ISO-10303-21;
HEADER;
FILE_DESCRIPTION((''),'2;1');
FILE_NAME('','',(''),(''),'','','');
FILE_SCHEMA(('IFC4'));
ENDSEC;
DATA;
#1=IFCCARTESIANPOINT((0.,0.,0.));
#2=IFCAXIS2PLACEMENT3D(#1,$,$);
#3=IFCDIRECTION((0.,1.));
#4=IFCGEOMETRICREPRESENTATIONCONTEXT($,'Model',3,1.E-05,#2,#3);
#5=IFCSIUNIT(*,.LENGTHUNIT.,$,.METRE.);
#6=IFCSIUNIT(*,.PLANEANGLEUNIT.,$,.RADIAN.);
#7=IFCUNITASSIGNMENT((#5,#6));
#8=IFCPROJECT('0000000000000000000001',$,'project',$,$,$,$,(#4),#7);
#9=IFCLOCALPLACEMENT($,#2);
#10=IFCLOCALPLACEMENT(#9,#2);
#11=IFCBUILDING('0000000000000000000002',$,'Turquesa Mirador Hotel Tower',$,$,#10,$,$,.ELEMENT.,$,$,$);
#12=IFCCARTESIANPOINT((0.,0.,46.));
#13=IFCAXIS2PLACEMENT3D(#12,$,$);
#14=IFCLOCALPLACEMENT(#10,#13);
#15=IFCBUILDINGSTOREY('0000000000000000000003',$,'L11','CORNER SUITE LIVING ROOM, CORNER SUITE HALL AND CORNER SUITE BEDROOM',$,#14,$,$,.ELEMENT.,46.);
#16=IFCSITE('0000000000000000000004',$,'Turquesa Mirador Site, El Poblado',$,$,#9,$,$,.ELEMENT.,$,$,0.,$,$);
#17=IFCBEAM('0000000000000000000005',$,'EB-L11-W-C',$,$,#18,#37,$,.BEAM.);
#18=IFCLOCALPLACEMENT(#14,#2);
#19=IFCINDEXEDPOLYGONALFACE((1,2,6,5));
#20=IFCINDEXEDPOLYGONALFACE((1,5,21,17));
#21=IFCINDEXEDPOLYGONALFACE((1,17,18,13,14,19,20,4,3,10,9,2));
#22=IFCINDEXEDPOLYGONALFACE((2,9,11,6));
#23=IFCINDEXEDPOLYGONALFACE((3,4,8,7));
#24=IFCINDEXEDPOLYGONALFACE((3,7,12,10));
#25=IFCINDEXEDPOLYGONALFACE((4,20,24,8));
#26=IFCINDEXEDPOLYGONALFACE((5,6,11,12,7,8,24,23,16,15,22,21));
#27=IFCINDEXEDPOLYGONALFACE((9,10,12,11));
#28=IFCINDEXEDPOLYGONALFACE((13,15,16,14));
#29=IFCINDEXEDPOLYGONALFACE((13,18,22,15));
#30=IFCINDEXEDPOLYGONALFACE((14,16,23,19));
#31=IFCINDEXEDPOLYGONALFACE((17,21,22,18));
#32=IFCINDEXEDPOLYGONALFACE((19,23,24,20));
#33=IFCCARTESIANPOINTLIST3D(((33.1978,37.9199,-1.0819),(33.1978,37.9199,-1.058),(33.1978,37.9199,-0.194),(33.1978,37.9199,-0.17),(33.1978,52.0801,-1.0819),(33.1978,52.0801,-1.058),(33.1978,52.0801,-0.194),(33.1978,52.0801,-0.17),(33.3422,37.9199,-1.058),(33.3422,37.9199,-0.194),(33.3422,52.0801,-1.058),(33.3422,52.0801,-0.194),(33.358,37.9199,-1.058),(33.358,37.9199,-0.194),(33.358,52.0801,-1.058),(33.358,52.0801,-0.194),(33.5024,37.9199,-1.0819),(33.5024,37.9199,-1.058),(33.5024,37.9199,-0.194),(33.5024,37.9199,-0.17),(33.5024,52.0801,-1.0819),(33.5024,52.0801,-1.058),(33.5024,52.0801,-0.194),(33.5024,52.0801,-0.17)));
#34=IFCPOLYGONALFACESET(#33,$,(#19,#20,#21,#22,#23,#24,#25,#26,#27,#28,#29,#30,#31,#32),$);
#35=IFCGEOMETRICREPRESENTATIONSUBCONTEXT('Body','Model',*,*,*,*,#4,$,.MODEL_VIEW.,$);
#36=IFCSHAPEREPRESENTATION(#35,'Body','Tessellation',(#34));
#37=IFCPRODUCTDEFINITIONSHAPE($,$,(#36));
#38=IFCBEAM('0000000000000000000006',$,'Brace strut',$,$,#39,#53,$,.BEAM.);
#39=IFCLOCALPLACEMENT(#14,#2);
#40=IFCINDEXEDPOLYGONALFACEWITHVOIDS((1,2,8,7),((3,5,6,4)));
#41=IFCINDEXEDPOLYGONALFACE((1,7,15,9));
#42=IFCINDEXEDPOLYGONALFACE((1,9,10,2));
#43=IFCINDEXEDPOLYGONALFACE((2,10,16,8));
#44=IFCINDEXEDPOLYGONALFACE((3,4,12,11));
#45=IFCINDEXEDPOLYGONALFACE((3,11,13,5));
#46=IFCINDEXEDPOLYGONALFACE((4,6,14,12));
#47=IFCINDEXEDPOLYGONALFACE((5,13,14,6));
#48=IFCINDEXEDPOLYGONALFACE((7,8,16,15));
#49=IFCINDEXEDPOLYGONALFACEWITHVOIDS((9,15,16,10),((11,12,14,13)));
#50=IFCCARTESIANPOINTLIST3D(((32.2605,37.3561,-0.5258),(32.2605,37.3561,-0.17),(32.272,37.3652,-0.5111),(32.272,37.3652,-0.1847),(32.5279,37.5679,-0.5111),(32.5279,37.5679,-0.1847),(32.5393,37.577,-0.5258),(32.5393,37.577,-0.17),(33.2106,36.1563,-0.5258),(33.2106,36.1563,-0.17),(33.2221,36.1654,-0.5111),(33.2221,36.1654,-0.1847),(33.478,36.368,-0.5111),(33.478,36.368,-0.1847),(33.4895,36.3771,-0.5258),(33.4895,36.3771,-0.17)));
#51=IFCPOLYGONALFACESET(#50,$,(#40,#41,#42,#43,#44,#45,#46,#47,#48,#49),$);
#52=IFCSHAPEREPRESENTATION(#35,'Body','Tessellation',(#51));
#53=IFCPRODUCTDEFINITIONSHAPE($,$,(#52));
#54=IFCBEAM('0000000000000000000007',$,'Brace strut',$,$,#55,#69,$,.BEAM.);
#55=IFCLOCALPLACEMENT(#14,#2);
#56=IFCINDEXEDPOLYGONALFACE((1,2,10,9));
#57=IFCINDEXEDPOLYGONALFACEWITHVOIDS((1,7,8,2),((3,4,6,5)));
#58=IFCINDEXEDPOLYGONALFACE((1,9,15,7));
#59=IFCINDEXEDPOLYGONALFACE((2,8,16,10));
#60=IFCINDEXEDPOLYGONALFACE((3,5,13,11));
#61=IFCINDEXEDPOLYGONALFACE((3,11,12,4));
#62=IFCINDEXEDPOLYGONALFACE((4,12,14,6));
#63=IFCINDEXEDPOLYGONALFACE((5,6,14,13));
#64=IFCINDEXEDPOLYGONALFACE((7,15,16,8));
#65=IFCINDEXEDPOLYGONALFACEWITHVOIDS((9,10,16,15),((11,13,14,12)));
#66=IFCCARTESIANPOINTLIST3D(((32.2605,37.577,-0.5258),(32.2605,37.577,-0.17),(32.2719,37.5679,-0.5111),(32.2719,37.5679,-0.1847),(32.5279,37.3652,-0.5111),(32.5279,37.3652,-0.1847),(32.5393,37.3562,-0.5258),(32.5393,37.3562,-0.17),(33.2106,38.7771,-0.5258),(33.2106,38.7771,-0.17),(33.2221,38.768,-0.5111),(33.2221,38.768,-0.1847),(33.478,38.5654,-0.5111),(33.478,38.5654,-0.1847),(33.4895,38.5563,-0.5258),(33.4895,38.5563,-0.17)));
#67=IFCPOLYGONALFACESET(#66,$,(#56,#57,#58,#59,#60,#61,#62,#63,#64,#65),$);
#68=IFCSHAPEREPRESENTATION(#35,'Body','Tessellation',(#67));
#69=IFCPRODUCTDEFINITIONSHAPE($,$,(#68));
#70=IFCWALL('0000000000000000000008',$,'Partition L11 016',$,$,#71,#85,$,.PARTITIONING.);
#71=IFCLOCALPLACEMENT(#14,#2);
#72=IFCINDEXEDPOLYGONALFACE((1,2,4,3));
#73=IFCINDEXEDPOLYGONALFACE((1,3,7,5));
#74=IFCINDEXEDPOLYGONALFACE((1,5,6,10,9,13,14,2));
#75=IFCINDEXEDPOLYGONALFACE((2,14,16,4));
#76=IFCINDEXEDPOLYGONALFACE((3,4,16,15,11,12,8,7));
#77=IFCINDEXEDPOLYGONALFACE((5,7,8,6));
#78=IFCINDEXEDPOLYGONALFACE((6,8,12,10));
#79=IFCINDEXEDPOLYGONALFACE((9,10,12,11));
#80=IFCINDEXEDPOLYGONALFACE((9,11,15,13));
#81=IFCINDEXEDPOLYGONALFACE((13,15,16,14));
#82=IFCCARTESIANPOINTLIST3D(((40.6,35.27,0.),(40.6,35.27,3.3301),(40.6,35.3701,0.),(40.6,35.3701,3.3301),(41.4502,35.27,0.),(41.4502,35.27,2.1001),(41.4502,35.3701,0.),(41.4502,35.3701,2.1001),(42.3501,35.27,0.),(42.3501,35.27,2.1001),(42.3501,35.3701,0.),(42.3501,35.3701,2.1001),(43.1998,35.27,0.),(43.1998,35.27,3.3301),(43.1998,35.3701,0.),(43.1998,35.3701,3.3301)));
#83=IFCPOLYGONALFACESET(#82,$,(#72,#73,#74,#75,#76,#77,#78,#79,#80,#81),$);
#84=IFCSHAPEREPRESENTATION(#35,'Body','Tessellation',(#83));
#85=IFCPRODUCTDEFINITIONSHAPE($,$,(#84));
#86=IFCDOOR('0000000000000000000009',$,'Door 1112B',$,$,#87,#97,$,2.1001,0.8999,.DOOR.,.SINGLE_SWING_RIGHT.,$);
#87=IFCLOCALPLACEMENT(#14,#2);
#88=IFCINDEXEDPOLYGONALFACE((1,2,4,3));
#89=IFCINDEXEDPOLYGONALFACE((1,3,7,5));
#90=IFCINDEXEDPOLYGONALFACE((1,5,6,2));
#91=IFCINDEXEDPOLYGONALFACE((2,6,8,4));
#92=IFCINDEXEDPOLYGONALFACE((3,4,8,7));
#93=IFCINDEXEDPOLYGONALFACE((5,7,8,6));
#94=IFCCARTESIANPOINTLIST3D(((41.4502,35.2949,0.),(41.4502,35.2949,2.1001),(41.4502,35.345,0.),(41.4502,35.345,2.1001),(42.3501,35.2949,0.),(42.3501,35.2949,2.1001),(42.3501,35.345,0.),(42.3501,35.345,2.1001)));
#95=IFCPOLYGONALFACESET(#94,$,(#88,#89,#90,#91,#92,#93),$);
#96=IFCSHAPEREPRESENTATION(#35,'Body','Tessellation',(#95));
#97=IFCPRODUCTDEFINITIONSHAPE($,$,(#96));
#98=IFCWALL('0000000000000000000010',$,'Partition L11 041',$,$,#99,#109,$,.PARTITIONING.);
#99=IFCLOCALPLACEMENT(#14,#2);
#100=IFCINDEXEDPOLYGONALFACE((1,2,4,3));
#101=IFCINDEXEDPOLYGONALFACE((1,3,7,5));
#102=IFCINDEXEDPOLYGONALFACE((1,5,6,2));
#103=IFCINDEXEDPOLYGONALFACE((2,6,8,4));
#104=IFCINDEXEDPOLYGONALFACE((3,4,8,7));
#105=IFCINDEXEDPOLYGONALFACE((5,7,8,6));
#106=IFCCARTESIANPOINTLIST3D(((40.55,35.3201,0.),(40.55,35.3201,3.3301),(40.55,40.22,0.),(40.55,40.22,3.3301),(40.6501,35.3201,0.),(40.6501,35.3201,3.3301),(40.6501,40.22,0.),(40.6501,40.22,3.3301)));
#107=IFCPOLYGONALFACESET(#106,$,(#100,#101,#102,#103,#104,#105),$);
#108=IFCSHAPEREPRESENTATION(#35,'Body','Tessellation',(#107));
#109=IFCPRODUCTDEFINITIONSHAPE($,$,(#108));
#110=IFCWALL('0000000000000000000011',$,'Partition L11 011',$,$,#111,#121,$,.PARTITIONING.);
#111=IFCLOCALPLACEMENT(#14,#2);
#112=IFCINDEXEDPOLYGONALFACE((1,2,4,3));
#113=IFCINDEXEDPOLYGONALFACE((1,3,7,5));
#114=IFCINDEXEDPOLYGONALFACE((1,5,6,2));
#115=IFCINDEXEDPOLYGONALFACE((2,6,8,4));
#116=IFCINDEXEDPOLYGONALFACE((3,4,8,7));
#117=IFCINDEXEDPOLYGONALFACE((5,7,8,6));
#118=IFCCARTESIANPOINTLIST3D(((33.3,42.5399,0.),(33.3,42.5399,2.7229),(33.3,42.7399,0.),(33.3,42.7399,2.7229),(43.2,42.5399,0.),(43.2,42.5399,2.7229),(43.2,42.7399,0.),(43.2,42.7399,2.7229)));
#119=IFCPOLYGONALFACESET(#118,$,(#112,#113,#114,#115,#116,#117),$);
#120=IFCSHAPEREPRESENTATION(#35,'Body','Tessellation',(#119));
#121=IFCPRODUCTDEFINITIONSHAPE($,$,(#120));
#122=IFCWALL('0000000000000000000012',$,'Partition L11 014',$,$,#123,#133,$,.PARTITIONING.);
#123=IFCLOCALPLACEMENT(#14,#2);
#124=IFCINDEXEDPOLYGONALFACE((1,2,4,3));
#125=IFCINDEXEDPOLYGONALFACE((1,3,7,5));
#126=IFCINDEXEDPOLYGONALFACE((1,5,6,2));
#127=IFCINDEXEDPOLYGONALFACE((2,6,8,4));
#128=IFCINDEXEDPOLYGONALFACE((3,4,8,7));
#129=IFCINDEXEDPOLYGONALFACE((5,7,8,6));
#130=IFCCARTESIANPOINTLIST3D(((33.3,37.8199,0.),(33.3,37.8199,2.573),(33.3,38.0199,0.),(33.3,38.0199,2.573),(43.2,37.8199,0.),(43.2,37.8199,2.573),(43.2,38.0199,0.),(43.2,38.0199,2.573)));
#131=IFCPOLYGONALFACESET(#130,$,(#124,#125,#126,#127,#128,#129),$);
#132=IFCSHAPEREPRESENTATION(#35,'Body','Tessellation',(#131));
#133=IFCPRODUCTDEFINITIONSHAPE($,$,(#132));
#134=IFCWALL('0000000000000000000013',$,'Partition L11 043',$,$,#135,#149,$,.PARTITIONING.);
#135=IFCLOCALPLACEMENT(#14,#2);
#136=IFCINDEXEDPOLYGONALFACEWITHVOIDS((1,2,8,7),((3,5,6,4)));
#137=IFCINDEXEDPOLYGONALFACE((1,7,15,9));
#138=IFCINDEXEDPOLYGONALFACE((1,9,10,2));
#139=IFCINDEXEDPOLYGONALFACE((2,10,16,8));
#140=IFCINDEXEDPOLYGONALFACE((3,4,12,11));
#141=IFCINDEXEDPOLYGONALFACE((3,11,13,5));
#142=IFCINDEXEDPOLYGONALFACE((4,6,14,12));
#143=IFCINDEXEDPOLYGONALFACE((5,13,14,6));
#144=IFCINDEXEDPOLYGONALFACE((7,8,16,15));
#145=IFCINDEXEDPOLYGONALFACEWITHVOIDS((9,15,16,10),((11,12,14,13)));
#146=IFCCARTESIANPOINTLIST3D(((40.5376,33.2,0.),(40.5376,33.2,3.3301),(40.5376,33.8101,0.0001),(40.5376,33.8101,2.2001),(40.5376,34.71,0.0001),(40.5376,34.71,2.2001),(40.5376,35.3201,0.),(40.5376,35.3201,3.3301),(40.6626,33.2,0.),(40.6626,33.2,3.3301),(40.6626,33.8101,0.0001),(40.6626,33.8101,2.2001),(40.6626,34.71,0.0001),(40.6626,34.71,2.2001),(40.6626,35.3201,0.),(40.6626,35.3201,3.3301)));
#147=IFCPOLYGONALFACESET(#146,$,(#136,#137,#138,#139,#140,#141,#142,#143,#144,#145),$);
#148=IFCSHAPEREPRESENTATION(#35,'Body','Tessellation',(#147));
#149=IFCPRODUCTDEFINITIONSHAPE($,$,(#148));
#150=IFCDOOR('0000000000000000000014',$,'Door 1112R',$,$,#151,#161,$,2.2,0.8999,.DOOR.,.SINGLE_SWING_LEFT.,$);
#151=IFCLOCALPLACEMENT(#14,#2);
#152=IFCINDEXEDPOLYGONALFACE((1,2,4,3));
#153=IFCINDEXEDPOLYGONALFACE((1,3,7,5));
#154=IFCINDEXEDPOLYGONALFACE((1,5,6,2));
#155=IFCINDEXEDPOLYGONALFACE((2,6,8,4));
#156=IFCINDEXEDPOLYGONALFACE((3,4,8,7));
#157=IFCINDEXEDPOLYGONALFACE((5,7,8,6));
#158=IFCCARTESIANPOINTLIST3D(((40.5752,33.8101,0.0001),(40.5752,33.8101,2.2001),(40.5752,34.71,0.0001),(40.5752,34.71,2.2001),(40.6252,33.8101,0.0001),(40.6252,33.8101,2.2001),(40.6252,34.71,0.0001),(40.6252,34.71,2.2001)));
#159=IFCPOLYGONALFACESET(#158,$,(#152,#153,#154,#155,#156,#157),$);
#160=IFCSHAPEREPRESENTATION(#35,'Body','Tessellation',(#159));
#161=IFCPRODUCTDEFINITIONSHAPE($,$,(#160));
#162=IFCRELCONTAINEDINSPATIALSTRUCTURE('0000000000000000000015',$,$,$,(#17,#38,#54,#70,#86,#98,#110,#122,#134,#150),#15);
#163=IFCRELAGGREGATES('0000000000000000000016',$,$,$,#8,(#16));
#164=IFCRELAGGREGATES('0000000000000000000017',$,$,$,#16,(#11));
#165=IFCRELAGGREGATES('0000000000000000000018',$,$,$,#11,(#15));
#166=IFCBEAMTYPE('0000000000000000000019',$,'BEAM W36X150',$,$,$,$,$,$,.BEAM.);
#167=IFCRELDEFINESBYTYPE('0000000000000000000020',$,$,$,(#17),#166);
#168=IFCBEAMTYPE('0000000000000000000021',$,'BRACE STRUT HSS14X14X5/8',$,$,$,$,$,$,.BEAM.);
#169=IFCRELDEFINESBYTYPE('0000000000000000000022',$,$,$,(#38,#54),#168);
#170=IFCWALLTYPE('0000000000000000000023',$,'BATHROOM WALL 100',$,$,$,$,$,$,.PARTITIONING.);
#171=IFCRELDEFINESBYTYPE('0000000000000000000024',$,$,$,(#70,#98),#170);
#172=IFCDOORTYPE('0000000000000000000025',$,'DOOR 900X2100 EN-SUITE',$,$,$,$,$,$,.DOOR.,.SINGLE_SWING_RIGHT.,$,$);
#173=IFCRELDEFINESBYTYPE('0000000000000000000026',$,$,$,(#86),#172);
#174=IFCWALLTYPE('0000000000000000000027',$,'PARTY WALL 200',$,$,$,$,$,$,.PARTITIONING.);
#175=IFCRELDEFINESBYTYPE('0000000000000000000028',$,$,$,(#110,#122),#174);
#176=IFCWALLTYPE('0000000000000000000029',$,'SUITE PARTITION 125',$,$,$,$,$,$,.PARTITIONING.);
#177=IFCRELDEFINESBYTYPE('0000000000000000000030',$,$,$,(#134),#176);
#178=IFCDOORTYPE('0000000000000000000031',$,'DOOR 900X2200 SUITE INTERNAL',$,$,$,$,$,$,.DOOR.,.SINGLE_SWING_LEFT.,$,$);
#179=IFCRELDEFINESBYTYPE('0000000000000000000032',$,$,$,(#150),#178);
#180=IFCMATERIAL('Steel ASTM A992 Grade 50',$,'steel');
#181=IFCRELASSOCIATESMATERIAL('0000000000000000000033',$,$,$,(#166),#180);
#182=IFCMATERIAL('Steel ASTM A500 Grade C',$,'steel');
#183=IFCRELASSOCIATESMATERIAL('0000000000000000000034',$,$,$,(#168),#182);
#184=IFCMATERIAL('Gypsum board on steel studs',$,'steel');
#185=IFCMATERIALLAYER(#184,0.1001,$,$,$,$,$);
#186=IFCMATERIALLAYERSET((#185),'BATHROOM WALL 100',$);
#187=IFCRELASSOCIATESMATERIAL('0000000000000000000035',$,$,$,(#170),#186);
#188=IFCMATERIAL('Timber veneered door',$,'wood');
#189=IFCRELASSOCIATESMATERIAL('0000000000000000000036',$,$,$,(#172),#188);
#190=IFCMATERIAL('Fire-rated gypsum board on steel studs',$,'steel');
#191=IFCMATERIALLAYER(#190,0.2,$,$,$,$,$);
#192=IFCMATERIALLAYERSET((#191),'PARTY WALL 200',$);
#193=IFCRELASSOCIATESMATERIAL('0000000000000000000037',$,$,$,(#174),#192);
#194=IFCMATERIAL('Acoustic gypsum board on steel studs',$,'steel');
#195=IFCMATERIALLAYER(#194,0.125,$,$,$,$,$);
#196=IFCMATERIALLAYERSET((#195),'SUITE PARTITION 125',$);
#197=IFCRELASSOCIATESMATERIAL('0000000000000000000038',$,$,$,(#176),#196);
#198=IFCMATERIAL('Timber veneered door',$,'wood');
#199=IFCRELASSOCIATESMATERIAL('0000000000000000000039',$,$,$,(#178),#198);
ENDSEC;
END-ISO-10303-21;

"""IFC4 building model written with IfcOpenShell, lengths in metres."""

from ifc_helpers import new_model, si_unit, direction, frame, frame_2d, origin, origin_2d, place, context, subcontext, project, spatial, rectangle, hollow_rectangle, i_section, extrude, material, layer, layer_set, material_profile, profile_set, type_object, element, fill, save


model = new_model("IFC4")

# Units and contexts
model_context = context("Model", 3, precision=1e-05, world=origin(), true_north=direction((0.0, 1.0)))
body_context = subcontext(model_context, "Body", "Model", "MODEL_VIEW")
ifc_project = project(units=[si_unit("LENGTHUNIT", "METRE"), si_unit("PLANEANGLEUNIT", "RADIAN")], contexts=[model_context])

# Site, building, storey
site_placement = place(None, origin())
site = spatial("IfcSite", under=ifc_project, at=site_placement, Name="Turquesa Mirador Site, El Poblado", CompositionType="ELEMENT", RefElevation=0.0)
building_placement = place(site_placement, origin())
building = spatial("IfcBuilding", under=site, at=building_placement, Name="Turquesa Mirador Hotel Tower", CompositionType="ELEMENT")
storey_placement = place(building_placement, frame((0.0, 0.0, 46.0)))
storey = spatial("IfcBuildingStorey", under=building, at=storey_placement, Name="L11", Description="CORNER SUITE LIVING ROOM, CORNER SUITE HALL AND CORNER SUITE BEDROOM", CompositionType="ELEMENT", Elevation=46.0)

# Beams
ifc_material_1 = material(Name="Steel ASTM A992 Grade 50", Category="steel")
ifc_material_profile_1 = material_profile(ifc_material_1, i_section(OverallWidth=0.3047, OverallDepth=0.9119, WebThickness=0.0159, FlangeThickness=0.0239, at=origin_2d()), Name="W36X150")
ifc_profile_set_1 = profile_set([ifc_material_profile_1], Name="Steel ASTM A992 Grade 50")
beam_type_1 = type_object("IfcBeamType", Name="BEAM W36X150", PredefinedType="BEAM", material=ifc_profile_set_1)
beam_1_placement = place(storey_placement, frame((33.3501, 37.9199, -0.626), z_axis=(0.0, 1.0, 0.0), x_axis=(-1.0, 0.0, 0.0)))
element("IfcBeam", 1, at=beam_1_placement, inside=storey, type_object=beam_type_1, Name="EB-L11-W-C", PredefinedType="BEAM", context=body_context, shape_type="SweptSolid", body=[
    extrude(i_section(OverallWidth=0.3047, OverallDepth=0.9119, WebThickness=0.0159, FlangeThickness=0.0239, at=origin_2d()), origin(), (0.0, 0.0, 1.0), 14.1602),
])
ifc_material_2 = material(Name="Steel ASTM A500 Grade C", Category="steel")
ifc_material_profile_2 = material_profile(ifc_material_2, hollow_rectangle(XDim=0.3557, YDim=0.3557, WallThickness=0.0146, at=origin_2d()), Name="HSS14X14X5/8")
ifc_profile_set_2 = profile_set([ifc_material_profile_2], Name="Steel ASTM A500 Grade C")
beam_type_2 = type_object("IfcBeamType", Name="BRACE STRUT HSS14X14X5/8", PredefinedType="BEAM", material=ifc_profile_set_2)
beam_2_placement = place(storey_placement, frame((32.3999, 37.4666, -0.3479), z_axis=(0.620797, -0.783971, 0.0), x_axis=(0.783971, 0.620797, 0.0)))
element("IfcBeam", 2, at=beam_2_placement, inside=storey, type_object=beam_type_2, Name="Brace strut", PredefinedType="BEAM", context=body_context, shape_type="SweptSolid", body=[
    extrude(hollow_rectangle(XDim=0.3557, YDim=0.3557, WallThickness=0.0146, at=origin_2d()), origin(), (0.0, 0.0, 1.0), 1.5305),
])
beam_3_placement = place(storey_placement, frame((32.3999, 37.4666, -0.3479), z_axis=(0.620719, 0.784033, 0.0), x_axis=(-0.784033, 0.620719, 0.0)))
element("IfcBeam", 3, at=beam_3_placement, inside=storey, type_object=beam_type_2, Name="Brace strut", PredefinedType="BEAM", context=body_context, shape_type="SweptSolid", body=[
    extrude(hollow_rectangle(XDim=0.3557, YDim=0.3557, WallThickness=0.0146, at=origin_2d()), origin(), (0.0, 0.0, 1.0), 1.5308),
])

# Wall, opening, door
ifc_material_3 = material(Name="Gypsum board on steel studs", Category="steel")
ifc_layer_1 = layer(ifc_material_3, 0.1001)
ifc_layer_set_1 = layer_set([ifc_layer_1], Name="BATHROOM WALL 100")
wall_type_1 = type_object("IfcWallType", Name="BATHROOM WALL 100", PredefinedType="PARTITIONING", material=ifc_layer_set_1)
wall_1_placement = place(storey_placement, frame((40.6001, 35.3201, 0.0), z_axis=(0.0, 0.0, 1.0), x_axis=(1.0, 0.0, 0.0)))
wall_1 = element("IfcWall", 4, at=wall_1_placement, inside=storey, type_object=wall_type_1, Name="Partition L11 016", PredefinedType="PARTITIONING", context=body_context, shape_type="SweptSolid", body=[
    extrude(rectangle(XDim=2.5999, YDim=0.1001, at=frame_2d((1.2998, 0.0))), origin(), (0.0, 0.0, 1.0), 3.3301),
])
opening_1_placement = place(wall_1_placement, frame((0.8501, 0.0, 0.0)))
opening_1 = element("IfcOpeningElement", 5, at=opening_1_placement, cuts=wall_1, PredefinedType="OPENING", context=body_context, shape_type="SweptSolid", body=[
    extrude(rectangle(XDim=0.8999, YDim=2.1001, at=frame_2d((0.45, 1.05))), frame((0.0, 0.0601, 0.0), z_axis=(0.0, -1.0, 0.0), x_axis=(1.0, 0.0, 0.0)), (0.0, 0.0, 1.0), 0.1201),
])
ifc_material_4 = material(Name="Timber veneered door", Category="wood")
door_type_1 = type_object("IfcDoorType", Name="DOOR 900X2100 EN-SUITE", OperationType="SINGLE_SWING_RIGHT", PredefinedType="DOOR", material=ifc_material_4)
door_1_placement = place(opening_1_placement, origin())
door_1 = element("IfcDoor", 6, at=door_1_placement, inside=storey, type_object=door_type_1, Name="Door 1112B", OperationType="SINGLE_SWING_RIGHT", OverallHeight=2.1001, OverallWidth=0.8999, PredefinedType="DOOR", context=body_context, shape_type="SweptSolid", body=[
    extrude(rectangle(XDim=0.8999, YDim=2.1001, at=frame_2d((0.45, 1.05))), frame((0.0, 0.0249, 0.0), z_axis=(0.0, -1.0, 0.0), x_axis=(1.0, 0.0, 0.0)), (0.0, 0.0, 1.0), 0.05),
])
fill(opening_1, door_1)

# Walls
wall_2_placement = place(storey_placement, frame((40.6001, 35.3201, 0.0), z_axis=(0.0, 0.0, 1.0), x_axis=(0.0, 1.0, 0.0)))
element("IfcWall", 7, at=wall_2_placement, inside=storey, type_object=wall_type_1, Name="Partition L11 041", PredefinedType="PARTITIONING", context=body_context, shape_type="SweptSolid", body=[
    extrude(rectangle(XDim=4.8999, YDim=0.1001, at=frame_2d((2.45, 0.0))), origin(), (0.0, 0.0, 1.0), 3.3301),
])
ifc_material_5 = material(Name="Fire-rated gypsum board on steel studs", Category="steel")
ifc_layer_2 = layer(ifc_material_5, 0.2)
ifc_layer_set_2 = layer_set([ifc_layer_2], Name="PARTY WALL 200")
wall_type_2 = type_object("IfcWallType", Name="PARTY WALL 200", PredefinedType="PARTITIONING", material=ifc_layer_set_2)
wall_3_placement = place(storey_placement, frame((33.3, 42.6399, 0.0), z_axis=(0.0, 0.0, 1.0), x_axis=(1.0, 0.0, 0.0)))
element("IfcWall", 8, at=wall_3_placement, inside=storey, type_object=wall_type_2, Name="Partition L11 011", PredefinedType="PARTITIONING", context=body_context, shape_type="SweptSolid", body=[
    extrude(rectangle(XDim=9.8999, YDim=0.2, at=frame_2d((4.95, 0.0))), origin(), (0.0, 0.0, 1.0), 2.7229),
])
wall_4_placement = place(storey_placement, frame((33.3, 37.9199, 0.0), z_axis=(0.0, 0.0, 1.0), x_axis=(1.0, 0.0, 0.0)))
element("IfcWall", 9, at=wall_4_placement, inside=storey, type_object=wall_type_2, Name="Partition L11 014", PredefinedType="PARTITIONING", context=body_context, shape_type="SweptSolid", body=[
    extrude(rectangle(XDim=9.8999, YDim=0.2, at=frame_2d((4.95, 0.0))), origin(), (0.0, 0.0, 1.0), 2.573),
])

# Wall, opening, door
ifc_material_6 = material(Name="Acoustic gypsum board on steel studs", Category="steel")
ifc_layer_3 = layer(ifc_material_6, 0.125)
ifc_layer_set_3 = layer_set([ifc_layer_3], Name="SUITE PARTITION 125")
wall_type_3 = type_object("IfcWallType", Name="SUITE PARTITION 125", PredefinedType="PARTITIONING", material=ifc_layer_set_3)
wall_5_placement = place(storey_placement, frame((40.6001, 33.2, 0.0), z_axis=(0.0, 0.0, 1.0), x_axis=(0.0, 1.0, 0.0)))
wall_5 = element("IfcWall", 10, at=wall_5_placement, inside=storey, type_object=wall_type_3, Name="Partition L11 043", PredefinedType="PARTITIONING", context=body_context, shape_type="SweptSolid", body=[
    extrude(rectangle(XDim=2.1201, YDim=0.125, at=frame_2d((1.0601, 0.0))), origin(), (0.0, 0.0, 1.0), 3.3301),
])
opening_2_placement = place(wall_5_placement, frame((0.6101, 0.0, 0.0)))
opening_2 = element("IfcOpeningElement", 11, at=opening_2_placement, cuts=wall_5, PredefinedType="OPENING", context=body_context, shape_type="SweptSolid", body=[
    extrude(rectangle(XDim=0.8999, YDim=2.2, at=frame_2d((0.45, 1.1001))), frame((0.0, 0.0725, 0.0), z_axis=(0.0, -1.0, 0.0), x_axis=(1.0, 0.0, 0.0)), (0.0, 0.0, 1.0), 0.145),
])
ifc_material_7 = material(Name="Timber veneered door", Category="wood")
door_type_2 = type_object("IfcDoorType", Name="DOOR 900X2200 SUITE INTERNAL", OperationType="SINGLE_SWING_LEFT", PredefinedType="DOOR", material=ifc_material_7)
door_2_placement = place(opening_2_placement, origin())
door_2 = element("IfcDoor", 12, at=door_2_placement, inside=storey, type_object=door_type_2, Name="Door 1112R", OperationType="SINGLE_SWING_LEFT", OverallHeight=2.2, OverallWidth=0.8999, PredefinedType="DOOR", context=body_context, shape_type="SweptSolid", body=[
    extrude(rectangle(XDim=0.8999, YDim=2.2, at=frame_2d((0.45, 1.1001))), frame((0.0, 0.0249, 0.0), z_axis=(0.0, -1.0, 0.0), x_axis=(1.0, 0.0, 0.0)), (0.0, 0.0, 1.0), 0.05),
])
fill(opening_2, door_2)

save(model, "model.ifc")
